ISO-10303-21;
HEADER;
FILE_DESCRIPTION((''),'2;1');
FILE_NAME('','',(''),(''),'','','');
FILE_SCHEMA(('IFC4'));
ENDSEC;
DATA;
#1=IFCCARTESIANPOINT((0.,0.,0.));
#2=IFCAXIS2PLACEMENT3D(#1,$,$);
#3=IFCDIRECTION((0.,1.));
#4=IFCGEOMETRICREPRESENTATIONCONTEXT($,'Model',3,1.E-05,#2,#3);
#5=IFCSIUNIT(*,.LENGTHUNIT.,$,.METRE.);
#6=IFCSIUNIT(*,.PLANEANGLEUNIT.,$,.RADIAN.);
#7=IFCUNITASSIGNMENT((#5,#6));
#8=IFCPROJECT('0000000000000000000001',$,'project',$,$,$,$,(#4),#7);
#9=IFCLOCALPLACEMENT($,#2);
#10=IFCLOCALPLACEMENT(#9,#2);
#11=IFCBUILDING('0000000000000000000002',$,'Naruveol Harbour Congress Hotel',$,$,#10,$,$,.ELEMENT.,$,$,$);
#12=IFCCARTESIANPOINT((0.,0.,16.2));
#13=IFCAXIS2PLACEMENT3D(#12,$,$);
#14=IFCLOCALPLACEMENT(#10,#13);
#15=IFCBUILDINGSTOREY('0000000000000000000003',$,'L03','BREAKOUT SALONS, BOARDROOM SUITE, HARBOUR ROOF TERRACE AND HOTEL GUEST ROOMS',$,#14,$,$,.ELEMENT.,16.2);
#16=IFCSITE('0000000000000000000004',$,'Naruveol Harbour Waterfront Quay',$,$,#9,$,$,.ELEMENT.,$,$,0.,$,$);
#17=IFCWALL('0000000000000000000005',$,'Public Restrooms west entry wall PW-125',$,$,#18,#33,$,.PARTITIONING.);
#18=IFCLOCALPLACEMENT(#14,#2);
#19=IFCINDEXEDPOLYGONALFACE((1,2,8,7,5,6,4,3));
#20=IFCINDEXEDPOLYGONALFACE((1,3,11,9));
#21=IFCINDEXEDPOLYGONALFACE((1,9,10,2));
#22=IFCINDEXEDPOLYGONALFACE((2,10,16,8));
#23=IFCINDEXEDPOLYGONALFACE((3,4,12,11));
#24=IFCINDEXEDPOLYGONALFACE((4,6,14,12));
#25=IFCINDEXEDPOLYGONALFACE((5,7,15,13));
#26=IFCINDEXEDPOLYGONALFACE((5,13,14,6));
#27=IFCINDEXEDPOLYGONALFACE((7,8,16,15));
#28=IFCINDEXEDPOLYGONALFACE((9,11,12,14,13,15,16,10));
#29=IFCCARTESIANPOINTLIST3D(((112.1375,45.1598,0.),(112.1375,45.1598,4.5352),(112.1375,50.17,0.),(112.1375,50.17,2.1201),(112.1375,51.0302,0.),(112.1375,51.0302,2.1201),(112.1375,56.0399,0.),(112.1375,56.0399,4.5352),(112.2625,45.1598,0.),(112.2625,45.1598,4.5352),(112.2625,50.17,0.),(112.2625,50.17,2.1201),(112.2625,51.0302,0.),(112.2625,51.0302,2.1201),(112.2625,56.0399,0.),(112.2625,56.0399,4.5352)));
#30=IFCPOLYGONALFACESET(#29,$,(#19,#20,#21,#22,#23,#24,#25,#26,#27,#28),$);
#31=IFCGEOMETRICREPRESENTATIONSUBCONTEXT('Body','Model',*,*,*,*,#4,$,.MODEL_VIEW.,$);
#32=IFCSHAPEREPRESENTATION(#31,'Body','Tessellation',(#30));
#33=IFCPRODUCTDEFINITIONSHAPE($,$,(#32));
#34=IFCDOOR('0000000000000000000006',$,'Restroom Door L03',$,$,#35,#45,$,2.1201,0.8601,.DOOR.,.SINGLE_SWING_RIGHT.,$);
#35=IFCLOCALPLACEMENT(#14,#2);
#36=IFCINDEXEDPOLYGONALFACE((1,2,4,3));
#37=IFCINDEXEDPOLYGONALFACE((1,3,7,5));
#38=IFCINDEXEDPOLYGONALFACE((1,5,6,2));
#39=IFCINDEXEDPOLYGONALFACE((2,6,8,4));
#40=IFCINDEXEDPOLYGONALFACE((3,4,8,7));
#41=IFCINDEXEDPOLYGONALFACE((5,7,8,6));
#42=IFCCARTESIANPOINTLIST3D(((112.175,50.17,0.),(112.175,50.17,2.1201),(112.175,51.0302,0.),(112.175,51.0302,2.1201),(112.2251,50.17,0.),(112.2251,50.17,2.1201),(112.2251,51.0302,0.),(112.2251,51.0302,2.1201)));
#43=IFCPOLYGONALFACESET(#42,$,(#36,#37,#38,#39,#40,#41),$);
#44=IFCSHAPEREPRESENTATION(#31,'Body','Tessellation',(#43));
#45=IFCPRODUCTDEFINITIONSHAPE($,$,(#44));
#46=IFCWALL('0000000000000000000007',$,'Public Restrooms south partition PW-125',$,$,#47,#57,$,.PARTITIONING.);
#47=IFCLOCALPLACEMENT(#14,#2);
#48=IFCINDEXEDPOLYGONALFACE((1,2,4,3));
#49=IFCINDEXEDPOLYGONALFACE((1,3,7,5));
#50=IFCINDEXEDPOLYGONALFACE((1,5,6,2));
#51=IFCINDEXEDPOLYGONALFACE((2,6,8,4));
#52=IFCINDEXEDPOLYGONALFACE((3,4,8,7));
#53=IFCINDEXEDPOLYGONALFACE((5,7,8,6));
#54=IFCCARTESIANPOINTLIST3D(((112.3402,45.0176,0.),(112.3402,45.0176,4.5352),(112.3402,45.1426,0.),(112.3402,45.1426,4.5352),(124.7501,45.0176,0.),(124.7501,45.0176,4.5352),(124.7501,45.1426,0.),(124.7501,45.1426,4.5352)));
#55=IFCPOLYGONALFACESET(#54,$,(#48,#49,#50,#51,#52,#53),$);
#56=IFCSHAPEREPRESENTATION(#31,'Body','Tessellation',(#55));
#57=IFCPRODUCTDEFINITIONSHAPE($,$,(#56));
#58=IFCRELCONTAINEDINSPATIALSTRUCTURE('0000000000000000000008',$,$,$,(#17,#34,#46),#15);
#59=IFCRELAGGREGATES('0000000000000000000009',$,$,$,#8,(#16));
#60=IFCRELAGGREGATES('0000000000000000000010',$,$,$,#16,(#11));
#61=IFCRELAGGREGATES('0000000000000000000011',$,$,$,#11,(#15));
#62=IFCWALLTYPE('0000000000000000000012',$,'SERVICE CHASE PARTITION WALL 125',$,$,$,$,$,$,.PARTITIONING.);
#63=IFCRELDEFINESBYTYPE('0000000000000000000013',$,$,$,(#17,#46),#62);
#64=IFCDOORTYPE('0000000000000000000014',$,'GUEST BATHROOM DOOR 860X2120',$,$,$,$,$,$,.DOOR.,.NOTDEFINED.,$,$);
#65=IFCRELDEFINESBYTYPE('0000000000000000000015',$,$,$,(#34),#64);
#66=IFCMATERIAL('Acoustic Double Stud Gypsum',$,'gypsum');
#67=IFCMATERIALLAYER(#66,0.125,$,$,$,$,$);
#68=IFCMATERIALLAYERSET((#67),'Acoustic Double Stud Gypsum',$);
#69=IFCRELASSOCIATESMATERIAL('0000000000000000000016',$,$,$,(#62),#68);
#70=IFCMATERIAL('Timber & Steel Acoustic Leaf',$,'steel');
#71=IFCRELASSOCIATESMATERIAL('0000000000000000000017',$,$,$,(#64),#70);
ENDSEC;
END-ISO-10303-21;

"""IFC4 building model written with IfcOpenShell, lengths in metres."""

from ifc_helpers import new_model, si_unit, direction, frame, frame_2d, origin, place, context, subcontext, project, spatial, rectangle, extrude, material, layer, layer_set, type_object, element, fill, save


model = new_model("IFC4")

# Units and contexts
model_context = context("Model", 3, precision=1e-05, world=origin(), true_north=direction((0.0, 1.0)))
body_context = subcontext(model_context, "Body", "Model", "MODEL_VIEW")
ifc_project = project(units=[si_unit("LENGTHUNIT", "METRE"), si_unit("PLANEANGLEUNIT", "RADIAN")], contexts=[model_context])

# Site, building, storey
site_placement = place(None, origin())
site = spatial("IfcSite", under=ifc_project, at=site_placement, Name="Naruveol Harbour Waterfront Quay", CompositionType="ELEMENT", RefElevation=0.0)
building_placement = place(site_placement, origin())
building = spatial("IfcBuilding", under=site, at=building_placement, Name="Naruveol Harbour Congress Hotel", CompositionType="ELEMENT")
storey_placement = place(building_placement, frame((0.0, 0.0, 16.2)))
storey = spatial("IfcBuildingStorey", under=building, at=storey_placement, Name="L03", Description="BREAKOUT SALONS, BOARDROOM SUITE, HARBOUR ROOF TERRACE AND HOTEL GUEST ROOMS", CompositionType="ELEMENT", Elevation=16.2)

# Wall, opening, door
ifc_material_1 = material(Name="Acoustic Double Stud Gypsum", Category="gypsum")
ifc_layer_1 = layer(ifc_material_1, 0.125)
ifc_layer_set_1 = layer_set([ifc_layer_1], Name="Acoustic Double Stud Gypsum")
wall_type_1 = type_object("IfcWallType", Name="SERVICE CHASE PARTITION WALL 125", PredefinedType="PARTITIONING", material=ifc_layer_set_1)
wall_1_placement = place(storey_placement, frame((112.2, 45.1599, 0.0), z_axis=(0.0, 0.0, 1.0), x_axis=(0.0, 1.0, 0.0)))
wall_1 = element("IfcWall", 1, at=wall_1_placement, inside=storey, type_object=wall_type_1, Name="Public Restrooms west entry wall PW-125", PredefinedType="PARTITIONING", context=body_context, shape_type="SweptSolid", body=[
    extrude(rectangle(XDim=10.8801, YDim=0.125, at=frame_2d((5.4399, 0.0))), origin(), (0.0, 0.0, 1.0), 4.5352),
])
opening_1_placement = place(wall_1_placement, frame((5.01, 0.0, 0.0)))
opening_1 = element("IfcOpeningElement", 2, at=opening_1_placement, cuts=wall_1, PredefinedType="OPENING", context=body_context, shape_type="SweptSolid", body=[
    extrude(rectangle(XDim=0.8601, YDim=2.1201, at=frame_2d((0.4302, 1.0601))), frame((0.0, 0.0725, 0.0), z_axis=(0.0, -1.0, 0.0), x_axis=(1.0, 0.0, 0.0)), (0.0, 0.0, 1.0), 0.145),
])
ifc_material_2 = material(Name="Timber & Steel Acoustic Leaf", Category="steel")
door_type_1 = type_object("IfcDoorType", Name="GUEST BATHROOM DOOR 860X2120", OperationType="NOTDEFINED", PredefinedType="DOOR", material=ifc_material_2)
door_1_placement = place(opening_1_placement, origin())
door_1 = element("IfcDoor", 3, at=door_1_placement, inside=storey, type_object=door_type_1, Name="Restroom Door L03", OperationType="SINGLE_SWING_RIGHT", OverallHeight=2.1201, OverallWidth=0.8601, PredefinedType="DOOR", context=body_context, shape_type="SweptSolid", body=[
    extrude(rectangle(XDim=0.8601, YDim=2.1201, at=frame_2d((0.4302, 1.0601))), frame((0.0, 0.0249, 0.0), z_axis=(0.0, -1.0, 0.0), x_axis=(1.0, 0.0, 0.0)), (0.0, 0.0, 1.0), 0.05),
])
fill(opening_1, door_1)

# Wall
wall_2_placement = place(storey_placement, frame((112.3401, 45.0801, 0.0), z_axis=(0.0, 0.0, 1.0), x_axis=(1.0, 0.0, 0.0)))
element("IfcWall", 4, at=wall_2_placement, inside=storey, type_object=wall_type_1, Name="Public Restrooms south partition PW-125", PredefinedType="PARTITIONING", context=body_context, shape_type="SweptSolid", body=[
    extrude(rectangle(XDim=12.4099, YDim=0.125, at=frame_2d((6.2051, 0.0))), origin(), (0.0, 0.0, 1.0), 4.5352),
])

save(model, "model.ifc")
